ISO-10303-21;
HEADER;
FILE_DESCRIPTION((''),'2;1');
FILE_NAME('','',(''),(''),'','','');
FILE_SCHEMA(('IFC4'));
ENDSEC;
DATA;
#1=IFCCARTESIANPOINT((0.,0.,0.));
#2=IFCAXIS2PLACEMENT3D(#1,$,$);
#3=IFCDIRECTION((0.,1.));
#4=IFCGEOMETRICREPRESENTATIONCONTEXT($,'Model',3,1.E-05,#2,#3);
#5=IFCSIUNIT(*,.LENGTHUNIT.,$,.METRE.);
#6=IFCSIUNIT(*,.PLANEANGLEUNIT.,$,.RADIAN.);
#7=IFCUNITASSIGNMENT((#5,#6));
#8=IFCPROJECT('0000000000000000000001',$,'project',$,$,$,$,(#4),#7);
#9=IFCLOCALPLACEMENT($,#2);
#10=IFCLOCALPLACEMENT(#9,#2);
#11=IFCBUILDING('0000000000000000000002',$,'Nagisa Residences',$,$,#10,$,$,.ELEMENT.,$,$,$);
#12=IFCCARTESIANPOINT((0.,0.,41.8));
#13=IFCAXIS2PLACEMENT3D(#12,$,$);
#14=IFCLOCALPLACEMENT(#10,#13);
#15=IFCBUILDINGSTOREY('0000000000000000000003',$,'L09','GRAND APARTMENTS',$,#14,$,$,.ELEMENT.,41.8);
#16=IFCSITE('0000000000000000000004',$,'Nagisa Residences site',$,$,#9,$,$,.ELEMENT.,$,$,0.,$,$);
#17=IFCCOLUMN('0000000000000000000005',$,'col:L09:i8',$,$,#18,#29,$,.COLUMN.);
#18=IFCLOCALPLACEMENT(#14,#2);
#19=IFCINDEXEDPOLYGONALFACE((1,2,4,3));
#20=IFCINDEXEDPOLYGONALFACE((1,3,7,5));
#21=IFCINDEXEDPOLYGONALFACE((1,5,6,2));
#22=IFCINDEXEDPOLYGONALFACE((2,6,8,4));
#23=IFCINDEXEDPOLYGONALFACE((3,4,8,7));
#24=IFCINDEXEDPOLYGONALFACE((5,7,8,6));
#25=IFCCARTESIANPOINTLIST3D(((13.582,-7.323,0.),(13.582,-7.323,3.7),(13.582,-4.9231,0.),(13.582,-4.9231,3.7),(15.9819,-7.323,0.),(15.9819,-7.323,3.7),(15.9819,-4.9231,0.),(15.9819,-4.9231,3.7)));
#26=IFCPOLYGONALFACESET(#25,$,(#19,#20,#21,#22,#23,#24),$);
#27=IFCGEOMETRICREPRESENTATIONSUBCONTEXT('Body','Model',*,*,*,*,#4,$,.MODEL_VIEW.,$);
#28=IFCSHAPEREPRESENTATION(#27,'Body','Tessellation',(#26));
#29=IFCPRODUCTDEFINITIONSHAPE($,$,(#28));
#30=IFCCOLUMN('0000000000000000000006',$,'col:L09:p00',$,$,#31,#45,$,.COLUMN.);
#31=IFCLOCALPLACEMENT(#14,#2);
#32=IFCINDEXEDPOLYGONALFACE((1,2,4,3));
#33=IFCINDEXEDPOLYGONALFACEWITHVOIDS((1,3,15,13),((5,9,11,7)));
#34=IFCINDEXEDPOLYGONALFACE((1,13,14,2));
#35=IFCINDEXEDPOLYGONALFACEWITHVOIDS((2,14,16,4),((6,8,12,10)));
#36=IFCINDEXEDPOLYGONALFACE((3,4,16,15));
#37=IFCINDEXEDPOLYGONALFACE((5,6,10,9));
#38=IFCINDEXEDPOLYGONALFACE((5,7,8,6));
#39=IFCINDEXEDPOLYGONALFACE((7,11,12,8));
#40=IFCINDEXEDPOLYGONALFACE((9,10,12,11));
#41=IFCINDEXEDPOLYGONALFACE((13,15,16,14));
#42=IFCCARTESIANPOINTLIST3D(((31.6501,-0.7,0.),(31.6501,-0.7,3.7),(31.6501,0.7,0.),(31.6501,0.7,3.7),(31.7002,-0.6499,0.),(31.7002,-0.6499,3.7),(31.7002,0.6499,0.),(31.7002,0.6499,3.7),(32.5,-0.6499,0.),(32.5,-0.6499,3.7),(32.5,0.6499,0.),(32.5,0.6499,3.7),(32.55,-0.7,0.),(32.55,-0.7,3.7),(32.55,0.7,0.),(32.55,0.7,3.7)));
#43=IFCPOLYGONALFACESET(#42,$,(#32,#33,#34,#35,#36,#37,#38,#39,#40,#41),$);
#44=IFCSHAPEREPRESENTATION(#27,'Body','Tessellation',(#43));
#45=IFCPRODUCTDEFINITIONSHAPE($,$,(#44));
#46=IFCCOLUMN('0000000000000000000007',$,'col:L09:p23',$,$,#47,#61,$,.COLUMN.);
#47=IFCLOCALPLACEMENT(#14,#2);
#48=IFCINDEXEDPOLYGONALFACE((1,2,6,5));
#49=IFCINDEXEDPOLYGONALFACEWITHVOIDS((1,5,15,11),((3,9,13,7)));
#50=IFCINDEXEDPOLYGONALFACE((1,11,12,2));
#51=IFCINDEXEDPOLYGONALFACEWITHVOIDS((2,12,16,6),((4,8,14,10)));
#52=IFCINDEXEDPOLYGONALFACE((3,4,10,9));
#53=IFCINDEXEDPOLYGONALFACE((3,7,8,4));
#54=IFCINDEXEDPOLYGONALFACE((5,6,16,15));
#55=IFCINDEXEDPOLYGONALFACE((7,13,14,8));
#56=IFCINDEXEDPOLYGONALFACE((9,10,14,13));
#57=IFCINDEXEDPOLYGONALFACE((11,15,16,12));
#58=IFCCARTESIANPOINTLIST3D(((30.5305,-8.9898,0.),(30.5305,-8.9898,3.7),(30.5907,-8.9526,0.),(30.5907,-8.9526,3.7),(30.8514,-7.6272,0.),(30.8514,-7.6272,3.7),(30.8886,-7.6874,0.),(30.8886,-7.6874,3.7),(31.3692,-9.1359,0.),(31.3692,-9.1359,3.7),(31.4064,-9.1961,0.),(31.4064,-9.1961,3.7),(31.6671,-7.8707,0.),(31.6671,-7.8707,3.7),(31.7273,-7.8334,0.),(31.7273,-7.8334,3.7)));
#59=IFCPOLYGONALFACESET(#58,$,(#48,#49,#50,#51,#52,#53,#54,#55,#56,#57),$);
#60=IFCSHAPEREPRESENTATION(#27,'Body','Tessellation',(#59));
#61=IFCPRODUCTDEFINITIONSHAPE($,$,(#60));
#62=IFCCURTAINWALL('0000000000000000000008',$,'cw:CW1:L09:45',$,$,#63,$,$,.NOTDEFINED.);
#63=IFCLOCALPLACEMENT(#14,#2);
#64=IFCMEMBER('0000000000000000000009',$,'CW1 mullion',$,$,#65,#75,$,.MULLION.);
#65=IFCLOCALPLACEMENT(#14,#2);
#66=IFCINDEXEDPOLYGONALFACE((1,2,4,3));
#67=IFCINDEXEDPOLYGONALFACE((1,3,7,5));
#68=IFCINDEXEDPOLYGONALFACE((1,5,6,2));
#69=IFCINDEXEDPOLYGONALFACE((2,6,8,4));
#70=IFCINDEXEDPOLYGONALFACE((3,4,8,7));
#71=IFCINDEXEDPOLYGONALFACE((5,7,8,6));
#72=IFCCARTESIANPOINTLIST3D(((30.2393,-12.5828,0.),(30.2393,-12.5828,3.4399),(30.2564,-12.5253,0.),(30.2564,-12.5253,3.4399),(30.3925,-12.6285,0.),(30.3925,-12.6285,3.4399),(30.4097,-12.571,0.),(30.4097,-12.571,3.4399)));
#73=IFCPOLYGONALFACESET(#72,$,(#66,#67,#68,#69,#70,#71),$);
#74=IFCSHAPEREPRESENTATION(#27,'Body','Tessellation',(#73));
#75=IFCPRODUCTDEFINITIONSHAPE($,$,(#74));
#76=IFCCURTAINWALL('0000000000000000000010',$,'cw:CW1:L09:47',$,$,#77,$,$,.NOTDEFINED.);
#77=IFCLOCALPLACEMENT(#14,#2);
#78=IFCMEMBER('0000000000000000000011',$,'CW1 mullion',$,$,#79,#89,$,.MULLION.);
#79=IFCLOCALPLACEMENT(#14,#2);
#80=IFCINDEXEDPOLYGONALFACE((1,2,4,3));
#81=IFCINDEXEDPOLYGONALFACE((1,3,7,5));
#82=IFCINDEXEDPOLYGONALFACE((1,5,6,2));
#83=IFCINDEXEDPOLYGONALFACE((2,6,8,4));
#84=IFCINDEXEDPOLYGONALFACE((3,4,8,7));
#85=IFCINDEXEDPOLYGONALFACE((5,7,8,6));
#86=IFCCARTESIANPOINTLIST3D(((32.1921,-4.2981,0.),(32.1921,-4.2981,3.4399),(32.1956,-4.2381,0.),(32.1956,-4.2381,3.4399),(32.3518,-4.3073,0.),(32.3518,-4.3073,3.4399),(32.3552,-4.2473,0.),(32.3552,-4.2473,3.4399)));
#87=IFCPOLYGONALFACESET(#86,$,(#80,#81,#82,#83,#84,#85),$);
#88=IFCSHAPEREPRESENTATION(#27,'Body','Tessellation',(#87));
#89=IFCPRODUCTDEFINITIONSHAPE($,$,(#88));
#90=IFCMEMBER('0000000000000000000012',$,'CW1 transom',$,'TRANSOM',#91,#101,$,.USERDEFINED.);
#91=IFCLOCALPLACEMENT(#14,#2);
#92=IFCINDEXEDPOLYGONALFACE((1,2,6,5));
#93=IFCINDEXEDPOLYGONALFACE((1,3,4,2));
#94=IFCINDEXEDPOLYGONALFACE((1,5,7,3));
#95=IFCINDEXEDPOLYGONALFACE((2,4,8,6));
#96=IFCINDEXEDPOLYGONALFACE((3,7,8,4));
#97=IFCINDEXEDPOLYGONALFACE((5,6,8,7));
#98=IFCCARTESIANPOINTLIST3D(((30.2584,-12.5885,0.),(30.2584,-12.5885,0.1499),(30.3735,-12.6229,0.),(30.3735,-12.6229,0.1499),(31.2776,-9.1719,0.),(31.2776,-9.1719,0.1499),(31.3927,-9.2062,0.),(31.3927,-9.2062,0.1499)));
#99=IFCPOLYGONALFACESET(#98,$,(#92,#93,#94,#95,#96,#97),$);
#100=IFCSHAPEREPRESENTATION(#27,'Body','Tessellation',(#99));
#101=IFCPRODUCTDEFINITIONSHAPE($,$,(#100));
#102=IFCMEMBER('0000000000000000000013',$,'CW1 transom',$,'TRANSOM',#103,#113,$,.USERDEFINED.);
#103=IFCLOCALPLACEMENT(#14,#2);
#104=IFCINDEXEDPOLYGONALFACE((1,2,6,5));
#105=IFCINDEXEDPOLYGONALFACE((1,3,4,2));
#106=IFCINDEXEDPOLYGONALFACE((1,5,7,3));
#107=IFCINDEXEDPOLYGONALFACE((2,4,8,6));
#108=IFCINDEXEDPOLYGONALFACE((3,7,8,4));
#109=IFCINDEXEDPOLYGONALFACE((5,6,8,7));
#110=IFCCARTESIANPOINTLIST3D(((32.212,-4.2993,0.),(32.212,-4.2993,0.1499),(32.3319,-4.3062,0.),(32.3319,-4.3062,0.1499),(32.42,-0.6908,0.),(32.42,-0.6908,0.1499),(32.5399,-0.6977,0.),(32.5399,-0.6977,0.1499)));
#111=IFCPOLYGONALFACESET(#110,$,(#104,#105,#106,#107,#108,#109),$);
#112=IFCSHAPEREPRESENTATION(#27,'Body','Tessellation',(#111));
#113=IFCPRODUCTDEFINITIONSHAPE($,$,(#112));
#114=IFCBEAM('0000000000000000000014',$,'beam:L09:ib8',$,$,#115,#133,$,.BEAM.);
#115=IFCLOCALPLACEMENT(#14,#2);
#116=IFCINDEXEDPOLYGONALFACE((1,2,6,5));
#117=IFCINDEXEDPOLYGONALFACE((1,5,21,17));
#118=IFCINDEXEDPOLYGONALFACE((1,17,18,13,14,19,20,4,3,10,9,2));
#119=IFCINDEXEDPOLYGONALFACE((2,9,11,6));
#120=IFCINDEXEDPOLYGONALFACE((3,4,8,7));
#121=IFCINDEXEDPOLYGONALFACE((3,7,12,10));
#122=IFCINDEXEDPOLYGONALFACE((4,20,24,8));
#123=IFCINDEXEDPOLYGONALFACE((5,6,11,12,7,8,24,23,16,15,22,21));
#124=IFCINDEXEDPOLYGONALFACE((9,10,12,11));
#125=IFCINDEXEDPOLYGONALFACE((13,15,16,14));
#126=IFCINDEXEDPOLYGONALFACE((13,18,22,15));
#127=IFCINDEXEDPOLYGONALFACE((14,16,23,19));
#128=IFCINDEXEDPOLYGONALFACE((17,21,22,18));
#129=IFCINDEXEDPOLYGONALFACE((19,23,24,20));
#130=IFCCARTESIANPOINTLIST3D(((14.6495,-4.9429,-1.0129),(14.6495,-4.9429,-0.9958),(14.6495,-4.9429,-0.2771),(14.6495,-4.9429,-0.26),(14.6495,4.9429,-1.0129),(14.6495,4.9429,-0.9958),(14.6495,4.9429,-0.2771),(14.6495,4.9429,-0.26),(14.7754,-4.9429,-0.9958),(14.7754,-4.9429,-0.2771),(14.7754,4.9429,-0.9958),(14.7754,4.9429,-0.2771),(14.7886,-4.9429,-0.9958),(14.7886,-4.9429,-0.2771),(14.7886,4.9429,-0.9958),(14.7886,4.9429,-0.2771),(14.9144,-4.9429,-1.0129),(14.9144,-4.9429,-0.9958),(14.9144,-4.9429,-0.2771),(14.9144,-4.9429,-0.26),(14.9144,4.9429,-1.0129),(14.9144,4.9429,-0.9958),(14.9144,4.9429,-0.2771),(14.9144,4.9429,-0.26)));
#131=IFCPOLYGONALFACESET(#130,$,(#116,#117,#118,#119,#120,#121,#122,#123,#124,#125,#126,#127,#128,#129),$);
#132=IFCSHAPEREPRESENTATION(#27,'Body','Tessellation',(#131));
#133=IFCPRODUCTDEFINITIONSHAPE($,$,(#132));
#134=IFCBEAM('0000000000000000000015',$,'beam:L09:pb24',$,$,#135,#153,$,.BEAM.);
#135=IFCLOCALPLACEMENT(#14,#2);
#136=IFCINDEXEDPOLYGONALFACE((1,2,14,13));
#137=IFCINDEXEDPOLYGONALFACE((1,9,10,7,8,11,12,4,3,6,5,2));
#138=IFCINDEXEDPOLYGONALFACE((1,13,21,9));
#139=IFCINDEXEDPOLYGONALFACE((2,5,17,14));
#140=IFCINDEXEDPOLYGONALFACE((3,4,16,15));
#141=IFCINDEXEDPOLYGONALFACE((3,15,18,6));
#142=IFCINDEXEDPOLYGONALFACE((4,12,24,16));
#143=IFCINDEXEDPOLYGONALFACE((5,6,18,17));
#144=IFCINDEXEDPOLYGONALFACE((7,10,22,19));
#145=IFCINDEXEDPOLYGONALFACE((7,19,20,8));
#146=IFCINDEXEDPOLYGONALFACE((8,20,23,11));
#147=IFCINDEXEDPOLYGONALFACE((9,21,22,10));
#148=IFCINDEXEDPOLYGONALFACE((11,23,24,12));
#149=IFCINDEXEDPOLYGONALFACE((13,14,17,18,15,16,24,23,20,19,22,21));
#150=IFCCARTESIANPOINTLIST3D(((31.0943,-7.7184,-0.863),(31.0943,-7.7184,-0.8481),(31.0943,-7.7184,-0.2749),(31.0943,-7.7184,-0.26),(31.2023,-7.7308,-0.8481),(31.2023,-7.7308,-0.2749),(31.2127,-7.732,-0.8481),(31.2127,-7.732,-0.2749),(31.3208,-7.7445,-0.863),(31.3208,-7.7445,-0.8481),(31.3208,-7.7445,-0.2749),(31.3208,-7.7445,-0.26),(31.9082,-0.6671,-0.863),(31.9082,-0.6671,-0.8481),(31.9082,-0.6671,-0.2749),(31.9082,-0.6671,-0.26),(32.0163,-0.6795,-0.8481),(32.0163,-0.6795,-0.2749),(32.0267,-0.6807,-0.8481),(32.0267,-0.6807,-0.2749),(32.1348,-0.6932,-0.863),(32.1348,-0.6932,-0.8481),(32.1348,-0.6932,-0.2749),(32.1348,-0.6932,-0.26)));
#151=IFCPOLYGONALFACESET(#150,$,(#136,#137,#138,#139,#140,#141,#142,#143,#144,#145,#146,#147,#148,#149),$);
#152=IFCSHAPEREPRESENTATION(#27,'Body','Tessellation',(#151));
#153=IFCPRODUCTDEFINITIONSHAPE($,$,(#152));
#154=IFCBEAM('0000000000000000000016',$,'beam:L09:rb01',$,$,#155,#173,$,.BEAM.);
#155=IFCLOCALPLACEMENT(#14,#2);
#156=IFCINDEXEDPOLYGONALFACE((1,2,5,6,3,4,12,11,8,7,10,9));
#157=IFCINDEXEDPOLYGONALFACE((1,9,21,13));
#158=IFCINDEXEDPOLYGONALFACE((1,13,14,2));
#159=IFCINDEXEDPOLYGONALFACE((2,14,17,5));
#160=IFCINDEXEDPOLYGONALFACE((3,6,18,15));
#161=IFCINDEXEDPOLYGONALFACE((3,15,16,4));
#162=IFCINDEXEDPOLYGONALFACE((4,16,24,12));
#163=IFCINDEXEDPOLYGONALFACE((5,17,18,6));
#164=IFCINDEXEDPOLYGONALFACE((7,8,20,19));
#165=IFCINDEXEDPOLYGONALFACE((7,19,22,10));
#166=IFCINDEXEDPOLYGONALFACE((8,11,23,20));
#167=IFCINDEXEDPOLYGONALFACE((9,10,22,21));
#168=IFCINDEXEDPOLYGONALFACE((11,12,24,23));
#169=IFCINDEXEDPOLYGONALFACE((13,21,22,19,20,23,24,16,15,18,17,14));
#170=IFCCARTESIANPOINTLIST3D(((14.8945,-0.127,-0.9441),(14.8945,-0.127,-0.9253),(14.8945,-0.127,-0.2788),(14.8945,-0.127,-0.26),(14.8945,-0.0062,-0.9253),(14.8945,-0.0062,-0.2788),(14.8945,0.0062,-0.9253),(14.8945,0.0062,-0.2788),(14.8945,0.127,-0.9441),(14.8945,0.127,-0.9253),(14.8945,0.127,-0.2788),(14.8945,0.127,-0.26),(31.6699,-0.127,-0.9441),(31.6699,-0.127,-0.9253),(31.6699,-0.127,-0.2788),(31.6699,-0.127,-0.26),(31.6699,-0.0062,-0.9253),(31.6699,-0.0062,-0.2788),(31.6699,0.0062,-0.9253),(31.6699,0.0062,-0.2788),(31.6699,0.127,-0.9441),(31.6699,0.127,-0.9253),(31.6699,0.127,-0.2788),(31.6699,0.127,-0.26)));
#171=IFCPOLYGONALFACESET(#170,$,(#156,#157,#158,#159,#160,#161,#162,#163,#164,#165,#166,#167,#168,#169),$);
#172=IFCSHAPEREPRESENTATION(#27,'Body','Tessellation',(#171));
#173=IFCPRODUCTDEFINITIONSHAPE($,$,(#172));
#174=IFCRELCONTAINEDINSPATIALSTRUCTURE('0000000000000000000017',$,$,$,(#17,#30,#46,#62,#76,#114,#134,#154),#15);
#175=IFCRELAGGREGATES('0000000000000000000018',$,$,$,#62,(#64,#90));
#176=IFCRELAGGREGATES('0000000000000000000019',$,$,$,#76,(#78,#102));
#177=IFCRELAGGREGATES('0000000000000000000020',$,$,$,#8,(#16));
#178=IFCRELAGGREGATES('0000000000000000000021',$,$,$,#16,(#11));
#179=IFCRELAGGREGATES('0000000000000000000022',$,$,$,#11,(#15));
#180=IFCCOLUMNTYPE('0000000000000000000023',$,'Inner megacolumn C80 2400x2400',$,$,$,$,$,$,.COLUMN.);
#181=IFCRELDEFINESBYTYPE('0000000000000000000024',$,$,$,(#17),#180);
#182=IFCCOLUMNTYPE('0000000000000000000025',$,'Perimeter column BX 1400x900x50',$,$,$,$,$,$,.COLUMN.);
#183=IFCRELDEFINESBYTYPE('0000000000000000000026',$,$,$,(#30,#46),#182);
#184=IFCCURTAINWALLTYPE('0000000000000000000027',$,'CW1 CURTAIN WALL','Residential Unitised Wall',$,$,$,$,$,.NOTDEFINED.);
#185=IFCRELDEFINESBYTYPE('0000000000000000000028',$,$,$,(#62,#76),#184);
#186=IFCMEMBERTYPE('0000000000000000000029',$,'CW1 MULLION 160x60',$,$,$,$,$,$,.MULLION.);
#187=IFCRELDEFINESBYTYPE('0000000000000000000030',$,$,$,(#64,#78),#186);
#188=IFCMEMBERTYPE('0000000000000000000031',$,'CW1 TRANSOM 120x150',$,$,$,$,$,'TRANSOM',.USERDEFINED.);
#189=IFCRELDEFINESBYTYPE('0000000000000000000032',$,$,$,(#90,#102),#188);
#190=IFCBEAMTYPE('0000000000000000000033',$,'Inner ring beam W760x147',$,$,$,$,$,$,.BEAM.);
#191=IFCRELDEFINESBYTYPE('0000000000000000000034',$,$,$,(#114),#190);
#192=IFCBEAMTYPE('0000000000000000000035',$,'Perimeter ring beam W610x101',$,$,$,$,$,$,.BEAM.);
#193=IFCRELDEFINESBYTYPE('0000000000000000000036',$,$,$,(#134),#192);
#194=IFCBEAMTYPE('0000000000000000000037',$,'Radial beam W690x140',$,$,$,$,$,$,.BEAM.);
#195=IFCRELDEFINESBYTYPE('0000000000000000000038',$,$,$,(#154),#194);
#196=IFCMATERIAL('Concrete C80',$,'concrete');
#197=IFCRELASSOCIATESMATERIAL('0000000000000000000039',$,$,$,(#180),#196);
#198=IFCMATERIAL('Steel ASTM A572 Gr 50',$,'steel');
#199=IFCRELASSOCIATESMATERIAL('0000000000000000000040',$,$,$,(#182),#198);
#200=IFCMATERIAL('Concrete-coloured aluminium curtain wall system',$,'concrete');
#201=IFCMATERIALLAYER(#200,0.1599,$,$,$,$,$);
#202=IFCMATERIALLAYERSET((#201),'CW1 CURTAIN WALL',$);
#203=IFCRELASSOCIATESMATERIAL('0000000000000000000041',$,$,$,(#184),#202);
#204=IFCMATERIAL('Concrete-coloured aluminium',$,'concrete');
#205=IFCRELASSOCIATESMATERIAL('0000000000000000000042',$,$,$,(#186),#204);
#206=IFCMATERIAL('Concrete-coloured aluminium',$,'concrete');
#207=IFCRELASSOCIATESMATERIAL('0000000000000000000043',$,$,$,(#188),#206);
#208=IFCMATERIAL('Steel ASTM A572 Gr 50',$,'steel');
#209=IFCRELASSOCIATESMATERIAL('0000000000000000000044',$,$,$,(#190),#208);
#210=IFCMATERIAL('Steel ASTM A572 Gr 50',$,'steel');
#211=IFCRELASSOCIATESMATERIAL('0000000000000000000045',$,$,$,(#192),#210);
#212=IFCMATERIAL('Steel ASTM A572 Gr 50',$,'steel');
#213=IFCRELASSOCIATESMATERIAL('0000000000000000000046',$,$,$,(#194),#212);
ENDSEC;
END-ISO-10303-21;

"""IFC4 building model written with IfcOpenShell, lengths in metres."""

from ifc_helpers import new_model, si_unit, direction, frame, origin, origin_2d, place, context, subcontext, project, spatial, rectangle, hollow_rectangle, i_section, extrude, material, layer, layer_set, material_profile, profile_set, type_object, element, aggregate, save


model = new_model("IFC4")

# Units and contexts
model_context = context("Model", 3, precision=1e-05, world=origin(), true_north=direction((0.0, 1.0)))
body_context = subcontext(model_context, "Body", "Model", "MODEL_VIEW")
ifc_project = project(units=[si_unit("LENGTHUNIT", "METRE"), si_unit("PLANEANGLEUNIT", "RADIAN")], contexts=[model_context])

# Site, building, storey
site_placement = place(None, origin())
site = spatial("IfcSite", under=ifc_project, at=site_placement, Name="Nagisa Residences site", CompositionType="ELEMENT", RefElevation=0.0)
building_placement = place(site_placement, origin())
building = spatial("IfcBuilding", under=site, at=building_placement, Name="Nagisa Residences", CompositionType="ELEMENT")
storey_placement = place(building_placement, frame((0.0, 0.0, 41.8)))
storey = spatial("IfcBuildingStorey", under=building, at=storey_placement, Name="L09", Description="GRAND APARTMENTS", CompositionType="ELEMENT", Elevation=41.8)

# Columns
ifc_material_1 = material(Name="Concrete C80", Category="concrete")
ifc_material_profile_1 = material_profile(ifc_material_1, rectangle(XDim=2.3999, YDim=2.3999, at=origin_2d()), Name="C80 2400x2400")
ifc_profile_set_1 = profile_set([ifc_material_profile_1], Name="Concrete C80")
column_type_1 = type_object("IfcColumnType", Name="Inner megacolumn C80 2400x2400", PredefinedType="COLUMN", material=ifc_profile_set_1)
column_placement = place(storey_placement, frame((14.782, -6.123, 0.0), z_axis=(0.0, 0.0, 1.0), x_axis=(1.0, 0.0, 0.0)))
element("IfcColumn", 1, at=column_placement, inside=storey, type_object=column_type_1, Name="col:L09:i8", PredefinedType="COLUMN", context=body_context, shape_type="SweptSolid", body=[
    extrude(rectangle(XDim=2.3999, YDim=2.3999, at=origin_2d()), origin(), (0.0, 0.0, 1.0), 3.7),
])
ifc_material_2 = material(Name="Steel ASTM A572 Gr 50", Category="steel")
ifc_material_profile_2 = material_profile(ifc_material_2, hollow_rectangle(XDim=1.3999, YDim=0.8999, WallThickness=0.05, at=origin_2d()), Name="BX 1400x900x50")
ifc_profile_set_2 = profile_set([ifc_material_profile_2], Name="Steel ASTM A572 Gr 50")
column_type_2 = type_object("IfcColumnType", Name="Perimeter column BX 1400x900x50", PredefinedType="COLUMN", material=ifc_profile_set_2)
for number, where, z_axis, x_axis, name in (
    (2, (32.1001, 0.0, 0.0), (0.0, 0.0, 1.0), (0.0, 1.0, 0.0), "col:L09:p00"),
    (3, (31.1289, -8.4116, 0.0), (0.0, 0.0, 1.0), (0.229202, 0.973379, 0.0), "col:L09:p23"),
):
    element("IfcColumn", number, at=place(storey_placement, frame(where, z_axis=z_axis, x_axis=x_axis)), inside=storey, type_object=column_type_2, Name=name, PredefinedType="COLUMN", context=body_context, shape_type="SweptSolid", body=[
        extrude(hollow_rectangle(XDim=1.3999, YDim=0.8999, WallThickness=0.05, at=origin_2d()), origin(), (0.0, 0.0, 1.0), 3.7),
    ])

# Curtain walls, members
ifc_material_3 = material(Name="Concrete-coloured aluminium curtain wall system", Category="concrete")
ifc_layer_1 = layer(ifc_material_3, 0.1599)
ifc_layer_set_1 = layer_set([ifc_layer_1], Name="CW1 CURTAIN WALL")
curtain_wall_type = type_object("IfcCurtainWallType", Name="CW1 CURTAIN WALL", Description="Residential Unitised Wall", PredefinedType="NOTDEFINED", material=ifc_layer_set_1)
curtain_wall_1_placement = place(storey_placement, origin())
curtain_wall_1 = element("IfcCurtainWall", 4, at=curtain_wall_1_placement, inside=storey, type_object=curtain_wall_type, Name="cw:CW1:L09:45", PredefinedType="NOTDEFINED")
ifc_material_4 = material(Name="Concrete-coloured aluminium", Category="concrete")
ifc_material_profile_3 = material_profile(ifc_material_4, rectangle(XDim=0.1599, YDim=0.0601, at=origin_2d()), Name="CW1 MULLION 160x60")
ifc_profile_set_3 = profile_set([ifc_material_profile_3], Name="Concrete-coloured aluminium")
member_type_1 = type_object("IfcMemberType", Name="CW1 MULLION 160x60", PredefinedType="MULLION", material=ifc_profile_set_3)
member_1_placement = place(storey_placement, frame((30.3245, -12.5769, 0.0), z_axis=(0.0, 0.0, 1.0), x_axis=(-0.958271, 0.28586, 0.0)))
member_1 = element("IfcMember", 5, at=member_1_placement, type_object=member_type_1, Name="CW1 mullion", PredefinedType="MULLION", context=body_context, shape_type="SweptSolid", body=[
    extrude(rectangle(XDim=0.1599, YDim=0.0601, at=origin_2d()), origin(), (0.0, 0.0, 1.0), 3.4399),
])
curtain_wall_2_placement = place(storey_placement, origin())
curtain_wall_2 = element("IfcCurtainWall", 6, at=curtain_wall_2_placement, inside=storey, type_object=curtain_wall_type, Name="cw:CW1:L09:47", PredefinedType="NOTDEFINED")
member_2_placement = place(storey_placement, frame((32.2737, -4.2727, 0.0), z_axis=(0.0, 0.0, 1.0), x_axis=(-0.998345, 0.057503, 0.0)))
member_2 = element("IfcMember", 7, at=member_2_placement, type_object=member_type_1, Name="CW1 mullion", PredefinedType="MULLION", context=body_context, shape_type="SweptSolid", body=[
    extrude(rectangle(XDim=0.1599, YDim=0.0601, at=origin_2d()), origin(), (0.0, 0.0, 1.0), 3.4399),
])

# Members
ifc_material_5 = material(Name="Concrete-coloured aluminium", Category="concrete")
ifc_material_profile_4 = material_profile(ifc_material_5, rectangle(XDim=0.1201, YDim=0.1499, at=origin_2d()), Name="CW1 TRANSOM 120x150")
ifc_profile_set_4 = profile_set([ifc_material_profile_4], Name="Concrete-coloured aluminium")
member_type_2 = type_object("IfcMemberType", Name="CW1 TRANSOM 120x150", ElementType="TRANSOM", PredefinedType="USERDEFINED", material=ifc_profile_set_4)
member_3_placement = place(storey_placement, frame((30.3159, -12.6057, 0.075), z_axis=(0.285871, 0.958268, 0.0), x_axis=(-0.958268, 0.285871, 0.0)))
member_3 = element("IfcMember", 8, at=member_3_placement, type_object=member_type_2, Name="CW1 transom", ObjectType="TRANSOM", PredefinedType="USERDEFINED", context=body_context, shape_type="SweptSolid", body=[
    extrude(rectangle(XDim=0.1201, YDim=0.1499, at=origin_2d()), origin(), (0.0, 0.0, 1.0), 3.5654),
])
member_4_placement = place(storey_placement, frame((32.272, -4.3027, 0.075), z_axis=(0.05755, 0.998343, 0.0), x_axis=(-0.998343, 0.05755, 0.0)))
member_4 = element("IfcMember", 9, at=member_4_placement, type_object=member_type_2, Name="CW1 transom", ObjectType="TRANSOM", PredefinedType="USERDEFINED", context=body_context, shape_type="SweptSolid", body=[
    extrude(rectangle(XDim=0.1201, YDim=0.1499, at=origin_2d()), origin(), (0.0, 0.0, 1.0), 3.6145),
])

# Beams
ifc_material_6 = material(Name="Steel ASTM A572 Gr 50", Category="steel")
ifc_material_profile_5 = material_profile(ifc_material_6, i_section(OverallWidth=0.2649, OverallDepth=0.7529, WebThickness=0.0132, FlangeThickness=0.0171, at=origin_2d()), Name="W760x147")
ifc_profile_set_5 = profile_set([ifc_material_profile_5], Name="Steel ASTM A572 Gr 50")
beam_type_1 = type_object("IfcBeamType", Name="Inner ring beam W760x147", PredefinedType="BEAM", material=ifc_profile_set_5)
beam_1_placement = place(storey_placement, frame((14.782, -4.9429, -0.6365), z_axis=(0.0, 1.0, 0.0), x_axis=(-1.0, 0.0, 0.0)))
element("IfcBeam", 10, at=beam_1_placement, inside=storey, type_object=beam_type_1, Name="beam:L09:ib8", PredefinedType="BEAM", context=body_context, shape_type="SweptSolid", body=[
    extrude(i_section(OverallWidth=0.2649, OverallDepth=0.7529, WebThickness=0.0132, FlangeThickness=0.0171, at=origin_2d()), origin(), (0.0, 0.0, 1.0), 9.8857),
])
ifc_material_7 = material(Name="Steel ASTM A572 Gr 50", Category="steel")
ifc_material_profile_6 = material_profile(ifc_material_7, i_section(OverallWidth=0.228, OverallDepth=0.603, WebThickness=0.0105, FlangeThickness=0.0149, at=origin_2d()), Name="W610x101")
ifc_profile_set_6 = profile_set([ifc_material_profile_6], Name="Steel ASTM A572 Gr 50")
beam_type_2 = type_object("IfcBeamType", Name="Perimeter ring beam W610x101", PredefinedType="BEAM", material=ifc_profile_set_6)
beam_2_placement = place(storey_placement, frame((31.2075, -7.7314, -0.5615), z_axis=(0.114674, 0.993403, 0.0), x_axis=(-0.993403, 0.114674, 0.0)))
element("IfcBeam", 11, at=beam_2_placement, inside=storey, type_object=beam_type_2, Name="beam:L09:pb24", PredefinedType="BEAM", context=body_context, shape_type="SweptSolid", body=[
    extrude(i_section(OverallWidth=0.228, OverallDepth=0.603, WebThickness=0.0105, FlangeThickness=0.0149, at=origin_2d()), origin(), (0.0, 0.0, 1.0), 7.0981),
])
ifc_material_8 = material(Name="Steel ASTM A572 Gr 50", Category="steel")
ifc_material_profile_7 = material_profile(ifc_material_8, i_section(OverallWidth=0.2539, OverallDepth=0.6841, WebThickness=0.0125, FlangeThickness=0.0188, at=origin_2d()), Name="W690x140")
ifc_profile_set_7 = profile_set([ifc_material_profile_7], Name="Steel ASTM A572 Gr 50")
beam_type_3 = type_object("IfcBeamType", Name="Radial beam W690x140", PredefinedType="BEAM", material=ifc_profile_set_7)
beam_3_placement = place(storey_placement, frame((31.6699, 0.0, -0.6021), z_axis=(-1.0, 0.0, 0.0), x_axis=(0.0, -1.0, 0.0)))
element("IfcBeam", 12, at=beam_3_placement, inside=storey, type_object=beam_type_3, Name="beam:L09:rb01", PredefinedType="BEAM", context=body_context, shape_type="SweptSolid", body=[
    extrude(i_section(OverallWidth=0.2539, OverallDepth=0.6841, WebThickness=0.0125, FlangeThickness=0.0188, at=origin_2d()), origin(), (0.0, 0.0, 1.0), 16.7754),
])

aggregate(curtain_wall_1, [member_1, member_3])
aggregate(curtain_wall_2, [member_2, member_4])

save(model, "model.ifc")
